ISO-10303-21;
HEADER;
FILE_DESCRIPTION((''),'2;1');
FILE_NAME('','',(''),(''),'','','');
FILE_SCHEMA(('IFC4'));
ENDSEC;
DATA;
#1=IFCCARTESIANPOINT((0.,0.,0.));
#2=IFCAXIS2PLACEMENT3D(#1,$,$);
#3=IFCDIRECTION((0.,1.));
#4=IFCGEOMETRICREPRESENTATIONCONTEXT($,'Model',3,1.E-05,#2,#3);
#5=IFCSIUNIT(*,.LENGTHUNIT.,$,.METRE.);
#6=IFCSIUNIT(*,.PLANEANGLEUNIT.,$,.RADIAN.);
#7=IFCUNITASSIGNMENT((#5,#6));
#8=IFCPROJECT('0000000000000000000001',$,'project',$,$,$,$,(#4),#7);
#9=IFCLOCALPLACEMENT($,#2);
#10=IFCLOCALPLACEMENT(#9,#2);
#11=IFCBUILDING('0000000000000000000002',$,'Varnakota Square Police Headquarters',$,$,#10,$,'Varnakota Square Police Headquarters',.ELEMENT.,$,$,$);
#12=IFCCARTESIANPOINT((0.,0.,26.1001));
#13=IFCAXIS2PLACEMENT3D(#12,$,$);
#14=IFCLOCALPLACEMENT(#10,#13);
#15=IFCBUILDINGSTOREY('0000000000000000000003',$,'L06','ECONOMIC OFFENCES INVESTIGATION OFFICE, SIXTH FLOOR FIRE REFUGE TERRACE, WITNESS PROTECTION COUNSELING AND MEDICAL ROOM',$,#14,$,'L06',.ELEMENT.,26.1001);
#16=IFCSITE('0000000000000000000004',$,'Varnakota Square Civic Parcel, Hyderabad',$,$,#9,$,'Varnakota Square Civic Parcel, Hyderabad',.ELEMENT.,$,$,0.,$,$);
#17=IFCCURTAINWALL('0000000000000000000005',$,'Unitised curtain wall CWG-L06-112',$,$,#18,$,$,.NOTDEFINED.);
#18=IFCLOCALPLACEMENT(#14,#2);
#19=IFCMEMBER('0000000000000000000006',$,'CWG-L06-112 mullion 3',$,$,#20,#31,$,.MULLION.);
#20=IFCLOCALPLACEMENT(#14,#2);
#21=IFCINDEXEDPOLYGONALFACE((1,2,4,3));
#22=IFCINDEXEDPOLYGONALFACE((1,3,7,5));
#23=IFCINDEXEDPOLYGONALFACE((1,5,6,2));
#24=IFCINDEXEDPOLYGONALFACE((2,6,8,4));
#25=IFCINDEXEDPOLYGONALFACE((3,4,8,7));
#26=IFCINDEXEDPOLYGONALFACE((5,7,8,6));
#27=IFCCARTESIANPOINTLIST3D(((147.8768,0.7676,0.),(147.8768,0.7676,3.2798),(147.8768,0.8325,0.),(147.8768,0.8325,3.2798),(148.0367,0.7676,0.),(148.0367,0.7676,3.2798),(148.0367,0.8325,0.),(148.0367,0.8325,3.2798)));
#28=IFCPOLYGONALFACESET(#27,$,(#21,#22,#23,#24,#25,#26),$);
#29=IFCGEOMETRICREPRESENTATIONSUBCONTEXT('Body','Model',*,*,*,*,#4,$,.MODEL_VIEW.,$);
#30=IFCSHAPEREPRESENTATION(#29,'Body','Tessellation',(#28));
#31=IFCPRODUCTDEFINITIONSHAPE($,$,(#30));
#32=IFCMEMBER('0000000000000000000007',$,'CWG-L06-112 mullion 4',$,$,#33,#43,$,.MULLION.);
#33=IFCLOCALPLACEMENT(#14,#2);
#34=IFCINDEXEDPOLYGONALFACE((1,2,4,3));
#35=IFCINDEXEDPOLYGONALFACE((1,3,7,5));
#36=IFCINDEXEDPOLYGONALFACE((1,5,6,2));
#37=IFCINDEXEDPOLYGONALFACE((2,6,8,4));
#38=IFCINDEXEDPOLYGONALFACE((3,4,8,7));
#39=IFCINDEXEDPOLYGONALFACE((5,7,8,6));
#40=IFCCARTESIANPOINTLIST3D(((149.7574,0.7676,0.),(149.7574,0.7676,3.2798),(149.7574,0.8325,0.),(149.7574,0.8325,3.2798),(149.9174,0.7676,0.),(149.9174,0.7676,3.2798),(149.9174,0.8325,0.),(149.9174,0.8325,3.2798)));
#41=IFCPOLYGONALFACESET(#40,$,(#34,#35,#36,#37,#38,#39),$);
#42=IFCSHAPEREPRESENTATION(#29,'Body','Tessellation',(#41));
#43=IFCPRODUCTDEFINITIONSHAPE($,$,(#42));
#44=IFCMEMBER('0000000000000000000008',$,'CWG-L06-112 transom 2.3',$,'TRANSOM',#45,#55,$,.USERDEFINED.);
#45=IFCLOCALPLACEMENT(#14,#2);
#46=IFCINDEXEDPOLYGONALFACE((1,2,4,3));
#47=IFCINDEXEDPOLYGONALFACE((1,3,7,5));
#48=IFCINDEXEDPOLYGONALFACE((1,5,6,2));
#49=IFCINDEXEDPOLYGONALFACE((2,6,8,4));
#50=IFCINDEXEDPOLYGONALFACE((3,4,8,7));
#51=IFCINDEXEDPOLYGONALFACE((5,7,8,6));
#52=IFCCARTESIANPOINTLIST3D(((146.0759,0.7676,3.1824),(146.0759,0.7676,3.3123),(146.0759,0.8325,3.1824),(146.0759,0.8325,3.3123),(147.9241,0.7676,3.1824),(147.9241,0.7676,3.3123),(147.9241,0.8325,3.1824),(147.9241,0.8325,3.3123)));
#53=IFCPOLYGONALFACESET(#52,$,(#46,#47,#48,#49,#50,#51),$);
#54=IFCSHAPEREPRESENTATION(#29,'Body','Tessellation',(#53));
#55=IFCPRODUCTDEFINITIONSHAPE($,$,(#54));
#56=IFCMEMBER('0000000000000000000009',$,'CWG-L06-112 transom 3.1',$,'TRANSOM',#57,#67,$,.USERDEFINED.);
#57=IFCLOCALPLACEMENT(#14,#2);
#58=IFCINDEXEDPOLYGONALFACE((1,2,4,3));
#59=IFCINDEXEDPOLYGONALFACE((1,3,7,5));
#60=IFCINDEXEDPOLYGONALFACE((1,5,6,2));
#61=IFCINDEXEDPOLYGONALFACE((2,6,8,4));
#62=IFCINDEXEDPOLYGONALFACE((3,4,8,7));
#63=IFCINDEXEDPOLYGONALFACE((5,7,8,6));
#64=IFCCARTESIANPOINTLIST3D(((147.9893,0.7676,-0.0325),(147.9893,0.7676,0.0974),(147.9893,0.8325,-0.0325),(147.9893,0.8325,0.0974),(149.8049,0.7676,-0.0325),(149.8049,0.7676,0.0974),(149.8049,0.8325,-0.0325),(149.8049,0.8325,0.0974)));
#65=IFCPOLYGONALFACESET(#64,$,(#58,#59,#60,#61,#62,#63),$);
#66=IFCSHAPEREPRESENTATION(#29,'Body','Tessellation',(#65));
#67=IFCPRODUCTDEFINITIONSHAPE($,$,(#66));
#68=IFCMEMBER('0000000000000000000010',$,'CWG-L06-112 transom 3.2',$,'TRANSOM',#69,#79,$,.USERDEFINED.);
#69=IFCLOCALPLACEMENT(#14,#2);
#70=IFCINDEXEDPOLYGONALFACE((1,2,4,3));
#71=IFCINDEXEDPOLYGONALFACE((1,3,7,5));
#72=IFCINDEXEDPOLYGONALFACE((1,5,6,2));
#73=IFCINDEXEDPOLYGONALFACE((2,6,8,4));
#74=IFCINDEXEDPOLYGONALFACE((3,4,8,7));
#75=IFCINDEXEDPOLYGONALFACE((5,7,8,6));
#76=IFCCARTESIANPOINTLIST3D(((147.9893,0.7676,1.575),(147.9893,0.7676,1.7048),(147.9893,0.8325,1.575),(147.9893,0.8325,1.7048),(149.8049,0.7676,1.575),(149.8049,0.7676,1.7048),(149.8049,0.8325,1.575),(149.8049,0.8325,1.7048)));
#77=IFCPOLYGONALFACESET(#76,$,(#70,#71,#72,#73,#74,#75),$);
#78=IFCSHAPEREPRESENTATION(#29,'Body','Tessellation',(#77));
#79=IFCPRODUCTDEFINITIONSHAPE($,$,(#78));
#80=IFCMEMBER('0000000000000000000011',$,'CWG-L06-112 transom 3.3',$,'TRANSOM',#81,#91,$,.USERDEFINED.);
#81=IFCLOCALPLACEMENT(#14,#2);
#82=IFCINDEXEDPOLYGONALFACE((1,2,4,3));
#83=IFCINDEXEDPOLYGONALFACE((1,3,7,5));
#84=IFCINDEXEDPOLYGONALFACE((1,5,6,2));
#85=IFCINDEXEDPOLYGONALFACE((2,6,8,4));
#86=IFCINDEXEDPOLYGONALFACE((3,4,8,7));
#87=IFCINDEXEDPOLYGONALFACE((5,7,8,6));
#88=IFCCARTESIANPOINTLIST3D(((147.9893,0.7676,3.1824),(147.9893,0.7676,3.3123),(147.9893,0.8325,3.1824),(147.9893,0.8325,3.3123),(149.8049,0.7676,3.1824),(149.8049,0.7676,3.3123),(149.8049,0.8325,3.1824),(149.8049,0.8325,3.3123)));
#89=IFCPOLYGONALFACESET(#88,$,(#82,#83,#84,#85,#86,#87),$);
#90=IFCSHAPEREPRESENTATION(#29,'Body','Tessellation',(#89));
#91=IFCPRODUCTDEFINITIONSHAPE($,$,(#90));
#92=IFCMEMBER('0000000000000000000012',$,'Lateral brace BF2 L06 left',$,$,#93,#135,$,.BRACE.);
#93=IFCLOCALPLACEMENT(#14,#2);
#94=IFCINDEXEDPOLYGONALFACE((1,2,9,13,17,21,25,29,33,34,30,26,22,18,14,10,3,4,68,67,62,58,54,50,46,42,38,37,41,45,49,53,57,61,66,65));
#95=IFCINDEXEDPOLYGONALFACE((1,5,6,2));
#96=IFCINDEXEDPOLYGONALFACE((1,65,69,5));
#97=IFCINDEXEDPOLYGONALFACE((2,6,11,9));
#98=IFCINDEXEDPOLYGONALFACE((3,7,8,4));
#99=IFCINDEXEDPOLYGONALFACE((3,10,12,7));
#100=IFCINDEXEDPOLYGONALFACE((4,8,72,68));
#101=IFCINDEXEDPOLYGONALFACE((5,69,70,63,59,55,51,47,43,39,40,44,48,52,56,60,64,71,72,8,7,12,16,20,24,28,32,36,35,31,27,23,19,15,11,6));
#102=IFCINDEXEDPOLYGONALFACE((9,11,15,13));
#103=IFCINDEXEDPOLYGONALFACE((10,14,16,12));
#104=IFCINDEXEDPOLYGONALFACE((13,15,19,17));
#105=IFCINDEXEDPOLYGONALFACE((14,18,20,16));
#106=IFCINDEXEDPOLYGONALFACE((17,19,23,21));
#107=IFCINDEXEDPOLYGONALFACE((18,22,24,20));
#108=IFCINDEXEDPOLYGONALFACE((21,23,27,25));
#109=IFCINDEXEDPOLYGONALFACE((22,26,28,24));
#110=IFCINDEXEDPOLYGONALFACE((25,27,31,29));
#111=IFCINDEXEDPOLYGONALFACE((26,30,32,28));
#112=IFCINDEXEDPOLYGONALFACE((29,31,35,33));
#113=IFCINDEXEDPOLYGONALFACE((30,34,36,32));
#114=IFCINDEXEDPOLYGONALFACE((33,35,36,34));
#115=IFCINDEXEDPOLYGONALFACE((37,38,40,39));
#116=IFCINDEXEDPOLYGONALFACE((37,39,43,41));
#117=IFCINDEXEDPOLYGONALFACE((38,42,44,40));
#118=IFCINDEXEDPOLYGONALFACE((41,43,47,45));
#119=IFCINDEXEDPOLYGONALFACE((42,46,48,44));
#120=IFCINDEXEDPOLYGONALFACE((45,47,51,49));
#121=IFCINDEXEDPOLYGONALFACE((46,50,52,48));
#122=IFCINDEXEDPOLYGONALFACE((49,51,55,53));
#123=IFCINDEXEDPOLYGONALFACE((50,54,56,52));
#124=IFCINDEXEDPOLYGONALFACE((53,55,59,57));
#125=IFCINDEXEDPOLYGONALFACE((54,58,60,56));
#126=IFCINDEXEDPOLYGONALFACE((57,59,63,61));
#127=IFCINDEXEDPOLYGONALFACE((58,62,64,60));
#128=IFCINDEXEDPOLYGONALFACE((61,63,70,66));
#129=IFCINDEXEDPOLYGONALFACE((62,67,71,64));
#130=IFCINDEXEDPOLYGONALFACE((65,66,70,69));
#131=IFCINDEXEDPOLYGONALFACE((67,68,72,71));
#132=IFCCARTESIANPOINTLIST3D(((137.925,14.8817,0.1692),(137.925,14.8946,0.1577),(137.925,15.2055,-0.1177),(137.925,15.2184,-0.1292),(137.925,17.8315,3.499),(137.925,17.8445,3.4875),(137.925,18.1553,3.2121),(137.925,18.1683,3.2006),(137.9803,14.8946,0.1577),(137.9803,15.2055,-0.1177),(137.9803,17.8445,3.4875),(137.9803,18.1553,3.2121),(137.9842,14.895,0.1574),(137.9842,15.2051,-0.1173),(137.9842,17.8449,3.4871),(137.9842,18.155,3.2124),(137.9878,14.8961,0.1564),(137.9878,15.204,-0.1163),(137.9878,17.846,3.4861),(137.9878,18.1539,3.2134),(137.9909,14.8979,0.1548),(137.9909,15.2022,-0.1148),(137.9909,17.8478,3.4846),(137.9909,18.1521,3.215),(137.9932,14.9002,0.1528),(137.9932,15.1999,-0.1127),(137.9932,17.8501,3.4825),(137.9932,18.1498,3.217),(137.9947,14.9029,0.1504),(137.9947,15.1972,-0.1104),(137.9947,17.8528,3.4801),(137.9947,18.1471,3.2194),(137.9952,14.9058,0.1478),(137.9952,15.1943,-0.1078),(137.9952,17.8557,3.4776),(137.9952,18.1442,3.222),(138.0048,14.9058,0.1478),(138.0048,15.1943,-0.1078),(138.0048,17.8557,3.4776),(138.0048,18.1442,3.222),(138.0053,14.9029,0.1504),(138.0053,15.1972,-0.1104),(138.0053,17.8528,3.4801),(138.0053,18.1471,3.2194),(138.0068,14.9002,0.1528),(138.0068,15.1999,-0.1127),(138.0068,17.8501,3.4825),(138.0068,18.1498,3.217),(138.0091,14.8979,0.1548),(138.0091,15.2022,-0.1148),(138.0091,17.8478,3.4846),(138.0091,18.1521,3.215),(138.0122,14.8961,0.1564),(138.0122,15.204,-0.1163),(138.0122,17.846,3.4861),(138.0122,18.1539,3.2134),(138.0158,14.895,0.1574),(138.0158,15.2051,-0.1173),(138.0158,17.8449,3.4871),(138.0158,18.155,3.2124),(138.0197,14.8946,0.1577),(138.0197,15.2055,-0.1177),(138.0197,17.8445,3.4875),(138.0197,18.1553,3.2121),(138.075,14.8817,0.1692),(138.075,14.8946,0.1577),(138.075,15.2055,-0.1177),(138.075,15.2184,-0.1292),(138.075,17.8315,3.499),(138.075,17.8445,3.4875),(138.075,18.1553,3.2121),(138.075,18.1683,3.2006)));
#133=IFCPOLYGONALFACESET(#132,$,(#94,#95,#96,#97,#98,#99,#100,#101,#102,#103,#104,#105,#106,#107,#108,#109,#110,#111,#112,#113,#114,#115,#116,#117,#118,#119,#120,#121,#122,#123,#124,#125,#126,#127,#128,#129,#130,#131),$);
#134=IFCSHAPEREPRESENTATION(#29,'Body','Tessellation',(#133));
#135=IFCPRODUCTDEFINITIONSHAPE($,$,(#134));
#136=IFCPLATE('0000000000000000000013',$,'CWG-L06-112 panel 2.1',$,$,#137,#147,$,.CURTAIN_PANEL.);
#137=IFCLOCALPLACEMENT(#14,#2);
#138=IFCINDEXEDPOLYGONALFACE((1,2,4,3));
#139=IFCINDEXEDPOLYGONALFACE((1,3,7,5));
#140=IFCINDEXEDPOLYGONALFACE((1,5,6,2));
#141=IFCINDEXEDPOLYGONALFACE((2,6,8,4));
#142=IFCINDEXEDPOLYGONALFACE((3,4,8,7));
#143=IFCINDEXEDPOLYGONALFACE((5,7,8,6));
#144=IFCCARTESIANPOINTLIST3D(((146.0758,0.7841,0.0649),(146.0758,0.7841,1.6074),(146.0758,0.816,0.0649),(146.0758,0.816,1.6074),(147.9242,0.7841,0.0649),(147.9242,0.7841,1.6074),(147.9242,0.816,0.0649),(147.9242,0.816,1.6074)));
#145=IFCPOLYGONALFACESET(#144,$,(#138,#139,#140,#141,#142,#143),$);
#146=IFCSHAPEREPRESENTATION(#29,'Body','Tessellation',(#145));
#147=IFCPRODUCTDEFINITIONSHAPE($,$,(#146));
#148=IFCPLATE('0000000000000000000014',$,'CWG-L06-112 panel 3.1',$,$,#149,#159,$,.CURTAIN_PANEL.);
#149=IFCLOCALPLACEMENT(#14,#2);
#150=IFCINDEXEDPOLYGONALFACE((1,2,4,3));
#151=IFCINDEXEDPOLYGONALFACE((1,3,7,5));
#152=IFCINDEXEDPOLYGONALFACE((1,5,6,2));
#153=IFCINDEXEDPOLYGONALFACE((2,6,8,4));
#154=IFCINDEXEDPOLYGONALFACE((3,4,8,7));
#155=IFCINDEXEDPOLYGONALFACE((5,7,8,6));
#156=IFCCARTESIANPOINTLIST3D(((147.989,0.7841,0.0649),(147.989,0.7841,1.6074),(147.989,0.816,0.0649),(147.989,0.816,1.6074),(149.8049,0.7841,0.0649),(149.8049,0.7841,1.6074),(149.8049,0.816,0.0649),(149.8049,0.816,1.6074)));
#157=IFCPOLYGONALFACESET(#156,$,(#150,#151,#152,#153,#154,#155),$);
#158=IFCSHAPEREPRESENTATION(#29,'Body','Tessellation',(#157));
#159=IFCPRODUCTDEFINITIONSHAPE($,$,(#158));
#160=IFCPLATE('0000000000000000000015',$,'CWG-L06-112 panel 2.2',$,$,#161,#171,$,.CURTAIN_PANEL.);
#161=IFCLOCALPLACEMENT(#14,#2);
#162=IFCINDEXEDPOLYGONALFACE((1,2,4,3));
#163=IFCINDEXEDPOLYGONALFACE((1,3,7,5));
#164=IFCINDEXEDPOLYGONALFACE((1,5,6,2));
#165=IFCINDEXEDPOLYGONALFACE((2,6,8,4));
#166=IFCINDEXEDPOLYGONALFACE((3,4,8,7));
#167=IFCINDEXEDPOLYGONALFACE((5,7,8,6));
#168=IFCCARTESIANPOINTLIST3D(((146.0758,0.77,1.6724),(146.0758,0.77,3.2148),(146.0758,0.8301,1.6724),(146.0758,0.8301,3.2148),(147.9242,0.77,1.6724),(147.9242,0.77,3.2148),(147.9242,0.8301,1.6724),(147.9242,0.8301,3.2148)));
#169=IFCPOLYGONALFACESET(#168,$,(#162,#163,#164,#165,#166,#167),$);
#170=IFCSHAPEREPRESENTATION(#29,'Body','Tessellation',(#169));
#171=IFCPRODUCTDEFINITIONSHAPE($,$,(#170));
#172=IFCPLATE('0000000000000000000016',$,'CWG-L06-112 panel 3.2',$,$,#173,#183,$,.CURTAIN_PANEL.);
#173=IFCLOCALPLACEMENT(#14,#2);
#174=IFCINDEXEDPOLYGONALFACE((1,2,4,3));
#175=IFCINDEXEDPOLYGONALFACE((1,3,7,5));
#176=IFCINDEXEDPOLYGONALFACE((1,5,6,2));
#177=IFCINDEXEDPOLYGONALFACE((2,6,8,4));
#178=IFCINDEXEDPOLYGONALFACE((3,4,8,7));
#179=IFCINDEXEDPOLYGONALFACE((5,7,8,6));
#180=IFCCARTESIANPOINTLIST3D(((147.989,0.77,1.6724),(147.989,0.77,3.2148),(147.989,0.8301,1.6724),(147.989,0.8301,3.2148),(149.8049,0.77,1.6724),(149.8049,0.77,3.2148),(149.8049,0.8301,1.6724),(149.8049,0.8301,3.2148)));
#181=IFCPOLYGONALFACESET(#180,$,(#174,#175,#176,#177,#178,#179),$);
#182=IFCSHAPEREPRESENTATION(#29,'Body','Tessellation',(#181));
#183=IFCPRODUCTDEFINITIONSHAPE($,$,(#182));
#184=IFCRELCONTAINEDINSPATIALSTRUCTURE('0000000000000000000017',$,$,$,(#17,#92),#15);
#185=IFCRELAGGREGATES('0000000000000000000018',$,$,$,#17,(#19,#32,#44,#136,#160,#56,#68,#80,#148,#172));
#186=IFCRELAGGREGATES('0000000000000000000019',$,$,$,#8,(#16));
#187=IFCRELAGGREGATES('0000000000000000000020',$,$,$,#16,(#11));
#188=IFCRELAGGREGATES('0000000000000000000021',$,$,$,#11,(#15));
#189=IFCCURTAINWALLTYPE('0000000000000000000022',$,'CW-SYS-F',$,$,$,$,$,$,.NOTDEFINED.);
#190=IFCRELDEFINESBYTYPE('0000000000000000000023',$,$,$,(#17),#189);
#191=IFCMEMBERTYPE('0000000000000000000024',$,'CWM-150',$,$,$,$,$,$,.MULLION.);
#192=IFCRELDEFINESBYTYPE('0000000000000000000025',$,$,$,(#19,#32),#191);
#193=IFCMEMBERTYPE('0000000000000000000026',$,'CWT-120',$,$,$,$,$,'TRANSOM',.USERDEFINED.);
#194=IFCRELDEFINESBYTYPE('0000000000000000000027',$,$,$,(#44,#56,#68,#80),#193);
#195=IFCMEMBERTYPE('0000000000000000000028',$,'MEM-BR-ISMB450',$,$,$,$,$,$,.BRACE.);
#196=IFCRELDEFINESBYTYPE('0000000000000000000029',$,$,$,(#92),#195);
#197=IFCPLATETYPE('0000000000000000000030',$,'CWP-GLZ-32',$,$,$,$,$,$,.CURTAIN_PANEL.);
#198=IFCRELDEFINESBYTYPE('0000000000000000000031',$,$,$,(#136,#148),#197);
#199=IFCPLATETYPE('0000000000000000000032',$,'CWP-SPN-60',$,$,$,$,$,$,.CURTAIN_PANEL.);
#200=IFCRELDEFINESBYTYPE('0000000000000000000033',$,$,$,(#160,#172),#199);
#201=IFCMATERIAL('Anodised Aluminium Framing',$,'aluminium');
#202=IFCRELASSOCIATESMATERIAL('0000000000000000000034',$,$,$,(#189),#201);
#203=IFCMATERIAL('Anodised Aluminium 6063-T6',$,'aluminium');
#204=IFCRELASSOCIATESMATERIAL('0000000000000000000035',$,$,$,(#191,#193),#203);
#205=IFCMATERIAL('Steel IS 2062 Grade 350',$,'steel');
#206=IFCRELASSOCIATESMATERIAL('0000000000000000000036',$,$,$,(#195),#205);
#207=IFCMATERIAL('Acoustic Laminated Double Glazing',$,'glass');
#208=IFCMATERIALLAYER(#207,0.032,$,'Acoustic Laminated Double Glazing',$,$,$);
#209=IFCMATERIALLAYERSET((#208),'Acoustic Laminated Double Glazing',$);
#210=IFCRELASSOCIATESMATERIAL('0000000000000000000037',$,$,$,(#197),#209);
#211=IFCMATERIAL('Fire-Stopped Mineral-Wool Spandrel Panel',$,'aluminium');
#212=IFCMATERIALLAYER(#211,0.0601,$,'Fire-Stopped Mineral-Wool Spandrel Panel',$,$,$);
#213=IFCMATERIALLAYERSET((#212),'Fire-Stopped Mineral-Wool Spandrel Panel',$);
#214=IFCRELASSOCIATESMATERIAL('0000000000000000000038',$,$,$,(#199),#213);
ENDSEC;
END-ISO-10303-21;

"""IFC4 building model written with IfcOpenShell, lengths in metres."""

from ifc_helpers import new_model, si_unit, direction, frame, origin, origin_2d, place, context, subcontext, project, spatial, rectangle, i_section, extrude, material, layer, layer_set, material_profile, profile_set, type_object, element, aggregate, save


model = new_model("IFC4")

# Units and contexts
model_context = context("Model", 3, precision=1e-05, world=origin(), true_north=direction((0.0, 1.0)))
body_context = subcontext(model_context, "Body", "Model", "MODEL_VIEW")
ifc_project = project(units=[si_unit("LENGTHUNIT", "METRE"), si_unit("PLANEANGLEUNIT", "RADIAN")], contexts=[model_context])

# Site, building, storey
site_placement = place(None, origin())
site = spatial("IfcSite", under=ifc_project, at=site_placement, Name="Varnakota Square Civic Parcel, Hyderabad", LongName="Varnakota Square Civic Parcel, Hyderabad", CompositionType="ELEMENT", RefElevation=0.0)
building_placement = place(site_placement, origin())
building = spatial("IfcBuilding", under=site, at=building_placement, Name="Varnakota Square Police Headquarters", LongName="Varnakota Square Police Headquarters", CompositionType="ELEMENT")
storey_placement = place(building_placement, frame((0.0, 0.0, 26.1001)))
storey = spatial("IfcBuildingStorey", under=building, at=storey_placement, Name="L06", Description="ECONOMIC OFFENCES INVESTIGATION OFFICE, SIXTH FLOOR FIRE REFUGE TERRACE, WITNESS PROTECTION COUNSELING AND MEDICAL ROOM", LongName="L06", CompositionType="ELEMENT", Elevation=26.1001)

# Shared definitions
ifc_material_1 = material(Name="Steel IS 2062 Grade 350", Category="steel")

# Curtain wall, members
ifc_material_2 = material(Name="Anodised Aluminium Framing", Category="aluminium")
curtain_wall_type = type_object("IfcCurtainWallType", Name="CW-SYS-F", PredefinedType="NOTDEFINED", material=ifc_material_2)
curtain_wall_placement = place(storey_placement, origin())
curtain_wall = element("IfcCurtainWall", 1, at=curtain_wall_placement, inside=storey, type_object=curtain_wall_type, Name="Unitised curtain wall CWG-L06-112", PredefinedType="NOTDEFINED")
ifc_material_3 = material(Name="Anodised Aluminium 6063-T6", Category="aluminium")
ifc_material_profile_1 = material_profile(ifc_material_3, rectangle(XDim=0.0649, YDim=0.1599, at=origin_2d()), Name="ALU MULLION 65x160")
ifc_profile_set_1 = profile_set([ifc_material_profile_1], Name="Anodised Aluminium 6063-T6")
member_type_1 = type_object("IfcMemberType", Name="CWM-150", PredefinedType="MULLION", material=ifc_profile_set_1)
member_1_placement = place(storey_placement, frame((147.9568, 0.8, 0.0), z_axis=(0.0, 0.0, 1.0), x_axis=(0.0, 1.0, 0.0)))
member_1 = element("IfcMember", 2, at=member_1_placement, type_object=member_type_1, Name="CWG-L06-112 mullion 3", PredefinedType="MULLION", context=body_context, shape_type="SweptSolid", body=[
    extrude(rectangle(XDim=0.0649, YDim=0.1599, at=origin_2d()), origin(), (0.0, 0.0, 1.0), 3.2798),
])
member_2_placement = place(storey_placement, frame((149.8374, 0.8, 0.0), z_axis=(0.0, 0.0, 1.0), x_axis=(0.0, 1.0, 0.0)))
member_2 = element("IfcMember", 3, at=member_2_placement, type_object=member_type_1, Name="CWG-L06-112 mullion 4", PredefinedType="MULLION", context=body_context, shape_type="SweptSolid", body=[
    extrude(rectangle(XDim=0.0649, YDim=0.1599, at=origin_2d()), origin(), (0.0, 0.0, 1.0), 3.2798),
])
ifc_material_profile_2 = material_profile(ifc_material_3, rectangle(XDim=0.0649, YDim=0.1299, at=origin_2d()), Name="ALU TRANSOM 65x130")
ifc_profile_set_2 = profile_set([ifc_material_profile_2], Name="Anodised Aluminium 6063-T6")
member_type_2 = type_object("IfcMemberType", Name="CWT-120", ElementType="TRANSOM", PredefinedType="USERDEFINED", material=ifc_profile_set_2)
member_3_placement = place(storey_placement, frame((146.0759, 0.8, 3.2473), z_axis=(1.0, 0.0, 0.0), x_axis=(0.0, 1.0, 0.0)))
member_3 = element("IfcMember", 4, at=member_3_placement, type_object=member_type_2, Name="CWG-L06-112 transom 2.3", ObjectType="TRANSOM", PredefinedType="USERDEFINED", context=body_context, shape_type="SweptSolid", body=[
    extrude(rectangle(XDim=0.0649, YDim=0.1299, at=origin_2d()), origin(), (0.0, 0.0, 1.0), 1.8481),
])
member_4_placement = place(storey_placement, frame((147.9893, 0.8, 0.0325), z_axis=(1.0, 0.0, 0.0), x_axis=(0.0, 1.0, 0.0)))
member_4 = element("IfcMember", 5, at=member_4_placement, type_object=member_type_2, Name="CWG-L06-112 transom 3.1", ObjectType="TRANSOM", PredefinedType="USERDEFINED", context=body_context, shape_type="SweptSolid", body=[
    extrude(rectangle(XDim=0.0649, YDim=0.1299, at=origin_2d()), origin(), (0.0, 0.0, 1.0), 1.8157),
])
member_5_placement = place(storey_placement, frame((147.9893, 0.8, 1.6399), z_axis=(1.0, 0.0, 0.0), x_axis=(0.0, 1.0, 0.0)))
member_5 = element("IfcMember", 6, at=member_5_placement, type_object=member_type_2, Name="CWG-L06-112 transom 3.2", ObjectType="TRANSOM", PredefinedType="USERDEFINED", context=body_context, shape_type="SweptSolid", body=[
    extrude(rectangle(XDim=0.0649, YDim=0.1299, at=origin_2d()), origin(), (0.0, 0.0, 1.0), 1.8157),
])
member_6_placement = place(storey_placement, frame((147.9893, 0.8, 3.2473), z_axis=(1.0, 0.0, 0.0), x_axis=(0.0, 1.0, 0.0)))
member_6 = element("IfcMember", 7, at=member_6_placement, type_object=member_type_2, Name="CWG-L06-112 transom 3.3", ObjectType="TRANSOM", PredefinedType="USERDEFINED", context=body_context, shape_type="SweptSolid", body=[
    extrude(rectangle(XDim=0.0649, YDim=0.1299, at=origin_2d()), origin(), (0.0, 0.0, 1.0), 1.8157),
])

# Member
ifc_material_profile_3 = material_profile(ifc_material_1, i_section(OverallWidth=0.1499, OverallDepth=0.45, WebThickness=0.0095, FlangeThickness=0.0173, FilletRadius=0.0149, at=origin_2d()), Name="ISMB 450")
ifc_profile_set_3 = profile_set([ifc_material_profile_3], Name="Steel IS 2062 Grade 350")
member_type_3 = type_object("IfcMemberType", Name="MEM-BR-ISMB450", PredefinedType="BRACE", material=ifc_profile_set_3)
member_7_placement = place(storey_placement, frame((138.0, 15.05, 0.02), z_axis=(0.0, 0.66312, 0.748513), x_axis=(-1.0, 0.0, 0.0)))
element("IfcMember", 8, at=member_7_placement, inside=storey, type_object=member_type_3, Name="Lateral brace BF2 L06 left", PredefinedType="BRACE", context=body_context, shape_type="SweptSolid", body=[
    extrude(i_section(OverallWidth=0.1499, OverallDepth=0.45, WebThickness=0.0095, FlangeThickness=0.0173, FilletRadius=0.0149, at=origin_2d()), origin(), (0.0, 0.0, 1.0), 4.4485),
])

# Plates
ifc_material_4 = material(Name="Acoustic Laminated Double Glazing", Category="glass")
ifc_layer_1 = layer(ifc_material_4, 0.032, Name="Acoustic Laminated Double Glazing")
ifc_layer_set_1 = layer_set([ifc_layer_1], Name="Acoustic Laminated Double Glazing")
plate_type_1 = type_object("IfcPlateType", Name="CWP-GLZ-32", PredefinedType="CURTAIN_PANEL", material=ifc_layer_set_1)
plate_1_placement = place(storey_placement, frame((147.0, 0.8, 0.0649), z_axis=(0.0, 0.0, 1.0), x_axis=(1.0, 0.0, 0.0)))
plate_1 = element("IfcPlate", 9, at=plate_1_placement, type_object=plate_type_1, Name="CWG-L06-112 panel 2.1", PredefinedType="CURTAIN_PANEL", context=body_context, shape_type="SweptSolid", body=[
    extrude(rectangle(XDim=1.8484, YDim=0.032, at=origin_2d()), origin(), (0.0, 0.0, 1.0), 1.5425),
])
plate_2_placement = place(storey_placement, frame((148.897, 0.8, 0.0649), z_axis=(0.0, 0.0, 1.0), x_axis=(1.0, 0.0, 0.0)))
plate_2 = element("IfcPlate", 10, at=plate_2_placement, type_object=plate_type_1, Name="CWG-L06-112 panel 3.1", PredefinedType="CURTAIN_PANEL", context=body_context, shape_type="SweptSolid", body=[
    extrude(rectangle(XDim=1.8159, YDim=0.032, at=origin_2d()), origin(), (0.0, 0.0, 1.0), 1.5425),
])
ifc_material_5 = material(Name="Fire-Stopped Mineral-Wool Spandrel Panel", Category="aluminium")
ifc_layer_2 = layer(ifc_material_5, 0.0601, Name="Fire-Stopped Mineral-Wool Spandrel Panel")
ifc_layer_set_2 = layer_set([ifc_layer_2], Name="Fire-Stopped Mineral-Wool Spandrel Panel")
plate_type_2 = type_object("IfcPlateType", Name="CWP-SPN-60", PredefinedType="CURTAIN_PANEL", material=ifc_layer_set_2)
plate_3_placement = place(storey_placement, frame((147.0, 0.8, 1.6724), z_axis=(0.0, 0.0, 1.0), x_axis=(1.0, 0.0, 0.0)))
plate_3 = element("IfcPlate", 11, at=plate_3_placement, type_object=plate_type_2, Name="CWG-L06-112 panel 2.2", PredefinedType="CURTAIN_PANEL", context=body_context, shape_type="SweptSolid", body=[
    extrude(rectangle(XDim=1.8484, YDim=0.0601, at=origin_2d()), origin(), (0.0, 0.0, 1.0), 1.5425),
])
plate_4_placement = place(storey_placement, frame((148.897, 0.8, 1.6724), z_axis=(0.0, 0.0, 1.0), x_axis=(1.0, 0.0, 0.0)))
plate_4 = element("IfcPlate", 12, at=plate_4_placement, type_object=plate_type_2, Name="CWG-L06-112 panel 3.2", PredefinedType="CURTAIN_PANEL", context=body_context, shape_type="SweptSolid", body=[
    extrude(rectangle(XDim=1.8159, YDim=0.0601, at=origin_2d()), origin(), (0.0, 0.0, 1.0), 1.5425),
])
aggregate(curtain_wall, [member_1, member_2, member_3, plate_1, plate_3, member_4, member_5, member_6, plate_2, plate_4])

save(model, "model.ifc")
